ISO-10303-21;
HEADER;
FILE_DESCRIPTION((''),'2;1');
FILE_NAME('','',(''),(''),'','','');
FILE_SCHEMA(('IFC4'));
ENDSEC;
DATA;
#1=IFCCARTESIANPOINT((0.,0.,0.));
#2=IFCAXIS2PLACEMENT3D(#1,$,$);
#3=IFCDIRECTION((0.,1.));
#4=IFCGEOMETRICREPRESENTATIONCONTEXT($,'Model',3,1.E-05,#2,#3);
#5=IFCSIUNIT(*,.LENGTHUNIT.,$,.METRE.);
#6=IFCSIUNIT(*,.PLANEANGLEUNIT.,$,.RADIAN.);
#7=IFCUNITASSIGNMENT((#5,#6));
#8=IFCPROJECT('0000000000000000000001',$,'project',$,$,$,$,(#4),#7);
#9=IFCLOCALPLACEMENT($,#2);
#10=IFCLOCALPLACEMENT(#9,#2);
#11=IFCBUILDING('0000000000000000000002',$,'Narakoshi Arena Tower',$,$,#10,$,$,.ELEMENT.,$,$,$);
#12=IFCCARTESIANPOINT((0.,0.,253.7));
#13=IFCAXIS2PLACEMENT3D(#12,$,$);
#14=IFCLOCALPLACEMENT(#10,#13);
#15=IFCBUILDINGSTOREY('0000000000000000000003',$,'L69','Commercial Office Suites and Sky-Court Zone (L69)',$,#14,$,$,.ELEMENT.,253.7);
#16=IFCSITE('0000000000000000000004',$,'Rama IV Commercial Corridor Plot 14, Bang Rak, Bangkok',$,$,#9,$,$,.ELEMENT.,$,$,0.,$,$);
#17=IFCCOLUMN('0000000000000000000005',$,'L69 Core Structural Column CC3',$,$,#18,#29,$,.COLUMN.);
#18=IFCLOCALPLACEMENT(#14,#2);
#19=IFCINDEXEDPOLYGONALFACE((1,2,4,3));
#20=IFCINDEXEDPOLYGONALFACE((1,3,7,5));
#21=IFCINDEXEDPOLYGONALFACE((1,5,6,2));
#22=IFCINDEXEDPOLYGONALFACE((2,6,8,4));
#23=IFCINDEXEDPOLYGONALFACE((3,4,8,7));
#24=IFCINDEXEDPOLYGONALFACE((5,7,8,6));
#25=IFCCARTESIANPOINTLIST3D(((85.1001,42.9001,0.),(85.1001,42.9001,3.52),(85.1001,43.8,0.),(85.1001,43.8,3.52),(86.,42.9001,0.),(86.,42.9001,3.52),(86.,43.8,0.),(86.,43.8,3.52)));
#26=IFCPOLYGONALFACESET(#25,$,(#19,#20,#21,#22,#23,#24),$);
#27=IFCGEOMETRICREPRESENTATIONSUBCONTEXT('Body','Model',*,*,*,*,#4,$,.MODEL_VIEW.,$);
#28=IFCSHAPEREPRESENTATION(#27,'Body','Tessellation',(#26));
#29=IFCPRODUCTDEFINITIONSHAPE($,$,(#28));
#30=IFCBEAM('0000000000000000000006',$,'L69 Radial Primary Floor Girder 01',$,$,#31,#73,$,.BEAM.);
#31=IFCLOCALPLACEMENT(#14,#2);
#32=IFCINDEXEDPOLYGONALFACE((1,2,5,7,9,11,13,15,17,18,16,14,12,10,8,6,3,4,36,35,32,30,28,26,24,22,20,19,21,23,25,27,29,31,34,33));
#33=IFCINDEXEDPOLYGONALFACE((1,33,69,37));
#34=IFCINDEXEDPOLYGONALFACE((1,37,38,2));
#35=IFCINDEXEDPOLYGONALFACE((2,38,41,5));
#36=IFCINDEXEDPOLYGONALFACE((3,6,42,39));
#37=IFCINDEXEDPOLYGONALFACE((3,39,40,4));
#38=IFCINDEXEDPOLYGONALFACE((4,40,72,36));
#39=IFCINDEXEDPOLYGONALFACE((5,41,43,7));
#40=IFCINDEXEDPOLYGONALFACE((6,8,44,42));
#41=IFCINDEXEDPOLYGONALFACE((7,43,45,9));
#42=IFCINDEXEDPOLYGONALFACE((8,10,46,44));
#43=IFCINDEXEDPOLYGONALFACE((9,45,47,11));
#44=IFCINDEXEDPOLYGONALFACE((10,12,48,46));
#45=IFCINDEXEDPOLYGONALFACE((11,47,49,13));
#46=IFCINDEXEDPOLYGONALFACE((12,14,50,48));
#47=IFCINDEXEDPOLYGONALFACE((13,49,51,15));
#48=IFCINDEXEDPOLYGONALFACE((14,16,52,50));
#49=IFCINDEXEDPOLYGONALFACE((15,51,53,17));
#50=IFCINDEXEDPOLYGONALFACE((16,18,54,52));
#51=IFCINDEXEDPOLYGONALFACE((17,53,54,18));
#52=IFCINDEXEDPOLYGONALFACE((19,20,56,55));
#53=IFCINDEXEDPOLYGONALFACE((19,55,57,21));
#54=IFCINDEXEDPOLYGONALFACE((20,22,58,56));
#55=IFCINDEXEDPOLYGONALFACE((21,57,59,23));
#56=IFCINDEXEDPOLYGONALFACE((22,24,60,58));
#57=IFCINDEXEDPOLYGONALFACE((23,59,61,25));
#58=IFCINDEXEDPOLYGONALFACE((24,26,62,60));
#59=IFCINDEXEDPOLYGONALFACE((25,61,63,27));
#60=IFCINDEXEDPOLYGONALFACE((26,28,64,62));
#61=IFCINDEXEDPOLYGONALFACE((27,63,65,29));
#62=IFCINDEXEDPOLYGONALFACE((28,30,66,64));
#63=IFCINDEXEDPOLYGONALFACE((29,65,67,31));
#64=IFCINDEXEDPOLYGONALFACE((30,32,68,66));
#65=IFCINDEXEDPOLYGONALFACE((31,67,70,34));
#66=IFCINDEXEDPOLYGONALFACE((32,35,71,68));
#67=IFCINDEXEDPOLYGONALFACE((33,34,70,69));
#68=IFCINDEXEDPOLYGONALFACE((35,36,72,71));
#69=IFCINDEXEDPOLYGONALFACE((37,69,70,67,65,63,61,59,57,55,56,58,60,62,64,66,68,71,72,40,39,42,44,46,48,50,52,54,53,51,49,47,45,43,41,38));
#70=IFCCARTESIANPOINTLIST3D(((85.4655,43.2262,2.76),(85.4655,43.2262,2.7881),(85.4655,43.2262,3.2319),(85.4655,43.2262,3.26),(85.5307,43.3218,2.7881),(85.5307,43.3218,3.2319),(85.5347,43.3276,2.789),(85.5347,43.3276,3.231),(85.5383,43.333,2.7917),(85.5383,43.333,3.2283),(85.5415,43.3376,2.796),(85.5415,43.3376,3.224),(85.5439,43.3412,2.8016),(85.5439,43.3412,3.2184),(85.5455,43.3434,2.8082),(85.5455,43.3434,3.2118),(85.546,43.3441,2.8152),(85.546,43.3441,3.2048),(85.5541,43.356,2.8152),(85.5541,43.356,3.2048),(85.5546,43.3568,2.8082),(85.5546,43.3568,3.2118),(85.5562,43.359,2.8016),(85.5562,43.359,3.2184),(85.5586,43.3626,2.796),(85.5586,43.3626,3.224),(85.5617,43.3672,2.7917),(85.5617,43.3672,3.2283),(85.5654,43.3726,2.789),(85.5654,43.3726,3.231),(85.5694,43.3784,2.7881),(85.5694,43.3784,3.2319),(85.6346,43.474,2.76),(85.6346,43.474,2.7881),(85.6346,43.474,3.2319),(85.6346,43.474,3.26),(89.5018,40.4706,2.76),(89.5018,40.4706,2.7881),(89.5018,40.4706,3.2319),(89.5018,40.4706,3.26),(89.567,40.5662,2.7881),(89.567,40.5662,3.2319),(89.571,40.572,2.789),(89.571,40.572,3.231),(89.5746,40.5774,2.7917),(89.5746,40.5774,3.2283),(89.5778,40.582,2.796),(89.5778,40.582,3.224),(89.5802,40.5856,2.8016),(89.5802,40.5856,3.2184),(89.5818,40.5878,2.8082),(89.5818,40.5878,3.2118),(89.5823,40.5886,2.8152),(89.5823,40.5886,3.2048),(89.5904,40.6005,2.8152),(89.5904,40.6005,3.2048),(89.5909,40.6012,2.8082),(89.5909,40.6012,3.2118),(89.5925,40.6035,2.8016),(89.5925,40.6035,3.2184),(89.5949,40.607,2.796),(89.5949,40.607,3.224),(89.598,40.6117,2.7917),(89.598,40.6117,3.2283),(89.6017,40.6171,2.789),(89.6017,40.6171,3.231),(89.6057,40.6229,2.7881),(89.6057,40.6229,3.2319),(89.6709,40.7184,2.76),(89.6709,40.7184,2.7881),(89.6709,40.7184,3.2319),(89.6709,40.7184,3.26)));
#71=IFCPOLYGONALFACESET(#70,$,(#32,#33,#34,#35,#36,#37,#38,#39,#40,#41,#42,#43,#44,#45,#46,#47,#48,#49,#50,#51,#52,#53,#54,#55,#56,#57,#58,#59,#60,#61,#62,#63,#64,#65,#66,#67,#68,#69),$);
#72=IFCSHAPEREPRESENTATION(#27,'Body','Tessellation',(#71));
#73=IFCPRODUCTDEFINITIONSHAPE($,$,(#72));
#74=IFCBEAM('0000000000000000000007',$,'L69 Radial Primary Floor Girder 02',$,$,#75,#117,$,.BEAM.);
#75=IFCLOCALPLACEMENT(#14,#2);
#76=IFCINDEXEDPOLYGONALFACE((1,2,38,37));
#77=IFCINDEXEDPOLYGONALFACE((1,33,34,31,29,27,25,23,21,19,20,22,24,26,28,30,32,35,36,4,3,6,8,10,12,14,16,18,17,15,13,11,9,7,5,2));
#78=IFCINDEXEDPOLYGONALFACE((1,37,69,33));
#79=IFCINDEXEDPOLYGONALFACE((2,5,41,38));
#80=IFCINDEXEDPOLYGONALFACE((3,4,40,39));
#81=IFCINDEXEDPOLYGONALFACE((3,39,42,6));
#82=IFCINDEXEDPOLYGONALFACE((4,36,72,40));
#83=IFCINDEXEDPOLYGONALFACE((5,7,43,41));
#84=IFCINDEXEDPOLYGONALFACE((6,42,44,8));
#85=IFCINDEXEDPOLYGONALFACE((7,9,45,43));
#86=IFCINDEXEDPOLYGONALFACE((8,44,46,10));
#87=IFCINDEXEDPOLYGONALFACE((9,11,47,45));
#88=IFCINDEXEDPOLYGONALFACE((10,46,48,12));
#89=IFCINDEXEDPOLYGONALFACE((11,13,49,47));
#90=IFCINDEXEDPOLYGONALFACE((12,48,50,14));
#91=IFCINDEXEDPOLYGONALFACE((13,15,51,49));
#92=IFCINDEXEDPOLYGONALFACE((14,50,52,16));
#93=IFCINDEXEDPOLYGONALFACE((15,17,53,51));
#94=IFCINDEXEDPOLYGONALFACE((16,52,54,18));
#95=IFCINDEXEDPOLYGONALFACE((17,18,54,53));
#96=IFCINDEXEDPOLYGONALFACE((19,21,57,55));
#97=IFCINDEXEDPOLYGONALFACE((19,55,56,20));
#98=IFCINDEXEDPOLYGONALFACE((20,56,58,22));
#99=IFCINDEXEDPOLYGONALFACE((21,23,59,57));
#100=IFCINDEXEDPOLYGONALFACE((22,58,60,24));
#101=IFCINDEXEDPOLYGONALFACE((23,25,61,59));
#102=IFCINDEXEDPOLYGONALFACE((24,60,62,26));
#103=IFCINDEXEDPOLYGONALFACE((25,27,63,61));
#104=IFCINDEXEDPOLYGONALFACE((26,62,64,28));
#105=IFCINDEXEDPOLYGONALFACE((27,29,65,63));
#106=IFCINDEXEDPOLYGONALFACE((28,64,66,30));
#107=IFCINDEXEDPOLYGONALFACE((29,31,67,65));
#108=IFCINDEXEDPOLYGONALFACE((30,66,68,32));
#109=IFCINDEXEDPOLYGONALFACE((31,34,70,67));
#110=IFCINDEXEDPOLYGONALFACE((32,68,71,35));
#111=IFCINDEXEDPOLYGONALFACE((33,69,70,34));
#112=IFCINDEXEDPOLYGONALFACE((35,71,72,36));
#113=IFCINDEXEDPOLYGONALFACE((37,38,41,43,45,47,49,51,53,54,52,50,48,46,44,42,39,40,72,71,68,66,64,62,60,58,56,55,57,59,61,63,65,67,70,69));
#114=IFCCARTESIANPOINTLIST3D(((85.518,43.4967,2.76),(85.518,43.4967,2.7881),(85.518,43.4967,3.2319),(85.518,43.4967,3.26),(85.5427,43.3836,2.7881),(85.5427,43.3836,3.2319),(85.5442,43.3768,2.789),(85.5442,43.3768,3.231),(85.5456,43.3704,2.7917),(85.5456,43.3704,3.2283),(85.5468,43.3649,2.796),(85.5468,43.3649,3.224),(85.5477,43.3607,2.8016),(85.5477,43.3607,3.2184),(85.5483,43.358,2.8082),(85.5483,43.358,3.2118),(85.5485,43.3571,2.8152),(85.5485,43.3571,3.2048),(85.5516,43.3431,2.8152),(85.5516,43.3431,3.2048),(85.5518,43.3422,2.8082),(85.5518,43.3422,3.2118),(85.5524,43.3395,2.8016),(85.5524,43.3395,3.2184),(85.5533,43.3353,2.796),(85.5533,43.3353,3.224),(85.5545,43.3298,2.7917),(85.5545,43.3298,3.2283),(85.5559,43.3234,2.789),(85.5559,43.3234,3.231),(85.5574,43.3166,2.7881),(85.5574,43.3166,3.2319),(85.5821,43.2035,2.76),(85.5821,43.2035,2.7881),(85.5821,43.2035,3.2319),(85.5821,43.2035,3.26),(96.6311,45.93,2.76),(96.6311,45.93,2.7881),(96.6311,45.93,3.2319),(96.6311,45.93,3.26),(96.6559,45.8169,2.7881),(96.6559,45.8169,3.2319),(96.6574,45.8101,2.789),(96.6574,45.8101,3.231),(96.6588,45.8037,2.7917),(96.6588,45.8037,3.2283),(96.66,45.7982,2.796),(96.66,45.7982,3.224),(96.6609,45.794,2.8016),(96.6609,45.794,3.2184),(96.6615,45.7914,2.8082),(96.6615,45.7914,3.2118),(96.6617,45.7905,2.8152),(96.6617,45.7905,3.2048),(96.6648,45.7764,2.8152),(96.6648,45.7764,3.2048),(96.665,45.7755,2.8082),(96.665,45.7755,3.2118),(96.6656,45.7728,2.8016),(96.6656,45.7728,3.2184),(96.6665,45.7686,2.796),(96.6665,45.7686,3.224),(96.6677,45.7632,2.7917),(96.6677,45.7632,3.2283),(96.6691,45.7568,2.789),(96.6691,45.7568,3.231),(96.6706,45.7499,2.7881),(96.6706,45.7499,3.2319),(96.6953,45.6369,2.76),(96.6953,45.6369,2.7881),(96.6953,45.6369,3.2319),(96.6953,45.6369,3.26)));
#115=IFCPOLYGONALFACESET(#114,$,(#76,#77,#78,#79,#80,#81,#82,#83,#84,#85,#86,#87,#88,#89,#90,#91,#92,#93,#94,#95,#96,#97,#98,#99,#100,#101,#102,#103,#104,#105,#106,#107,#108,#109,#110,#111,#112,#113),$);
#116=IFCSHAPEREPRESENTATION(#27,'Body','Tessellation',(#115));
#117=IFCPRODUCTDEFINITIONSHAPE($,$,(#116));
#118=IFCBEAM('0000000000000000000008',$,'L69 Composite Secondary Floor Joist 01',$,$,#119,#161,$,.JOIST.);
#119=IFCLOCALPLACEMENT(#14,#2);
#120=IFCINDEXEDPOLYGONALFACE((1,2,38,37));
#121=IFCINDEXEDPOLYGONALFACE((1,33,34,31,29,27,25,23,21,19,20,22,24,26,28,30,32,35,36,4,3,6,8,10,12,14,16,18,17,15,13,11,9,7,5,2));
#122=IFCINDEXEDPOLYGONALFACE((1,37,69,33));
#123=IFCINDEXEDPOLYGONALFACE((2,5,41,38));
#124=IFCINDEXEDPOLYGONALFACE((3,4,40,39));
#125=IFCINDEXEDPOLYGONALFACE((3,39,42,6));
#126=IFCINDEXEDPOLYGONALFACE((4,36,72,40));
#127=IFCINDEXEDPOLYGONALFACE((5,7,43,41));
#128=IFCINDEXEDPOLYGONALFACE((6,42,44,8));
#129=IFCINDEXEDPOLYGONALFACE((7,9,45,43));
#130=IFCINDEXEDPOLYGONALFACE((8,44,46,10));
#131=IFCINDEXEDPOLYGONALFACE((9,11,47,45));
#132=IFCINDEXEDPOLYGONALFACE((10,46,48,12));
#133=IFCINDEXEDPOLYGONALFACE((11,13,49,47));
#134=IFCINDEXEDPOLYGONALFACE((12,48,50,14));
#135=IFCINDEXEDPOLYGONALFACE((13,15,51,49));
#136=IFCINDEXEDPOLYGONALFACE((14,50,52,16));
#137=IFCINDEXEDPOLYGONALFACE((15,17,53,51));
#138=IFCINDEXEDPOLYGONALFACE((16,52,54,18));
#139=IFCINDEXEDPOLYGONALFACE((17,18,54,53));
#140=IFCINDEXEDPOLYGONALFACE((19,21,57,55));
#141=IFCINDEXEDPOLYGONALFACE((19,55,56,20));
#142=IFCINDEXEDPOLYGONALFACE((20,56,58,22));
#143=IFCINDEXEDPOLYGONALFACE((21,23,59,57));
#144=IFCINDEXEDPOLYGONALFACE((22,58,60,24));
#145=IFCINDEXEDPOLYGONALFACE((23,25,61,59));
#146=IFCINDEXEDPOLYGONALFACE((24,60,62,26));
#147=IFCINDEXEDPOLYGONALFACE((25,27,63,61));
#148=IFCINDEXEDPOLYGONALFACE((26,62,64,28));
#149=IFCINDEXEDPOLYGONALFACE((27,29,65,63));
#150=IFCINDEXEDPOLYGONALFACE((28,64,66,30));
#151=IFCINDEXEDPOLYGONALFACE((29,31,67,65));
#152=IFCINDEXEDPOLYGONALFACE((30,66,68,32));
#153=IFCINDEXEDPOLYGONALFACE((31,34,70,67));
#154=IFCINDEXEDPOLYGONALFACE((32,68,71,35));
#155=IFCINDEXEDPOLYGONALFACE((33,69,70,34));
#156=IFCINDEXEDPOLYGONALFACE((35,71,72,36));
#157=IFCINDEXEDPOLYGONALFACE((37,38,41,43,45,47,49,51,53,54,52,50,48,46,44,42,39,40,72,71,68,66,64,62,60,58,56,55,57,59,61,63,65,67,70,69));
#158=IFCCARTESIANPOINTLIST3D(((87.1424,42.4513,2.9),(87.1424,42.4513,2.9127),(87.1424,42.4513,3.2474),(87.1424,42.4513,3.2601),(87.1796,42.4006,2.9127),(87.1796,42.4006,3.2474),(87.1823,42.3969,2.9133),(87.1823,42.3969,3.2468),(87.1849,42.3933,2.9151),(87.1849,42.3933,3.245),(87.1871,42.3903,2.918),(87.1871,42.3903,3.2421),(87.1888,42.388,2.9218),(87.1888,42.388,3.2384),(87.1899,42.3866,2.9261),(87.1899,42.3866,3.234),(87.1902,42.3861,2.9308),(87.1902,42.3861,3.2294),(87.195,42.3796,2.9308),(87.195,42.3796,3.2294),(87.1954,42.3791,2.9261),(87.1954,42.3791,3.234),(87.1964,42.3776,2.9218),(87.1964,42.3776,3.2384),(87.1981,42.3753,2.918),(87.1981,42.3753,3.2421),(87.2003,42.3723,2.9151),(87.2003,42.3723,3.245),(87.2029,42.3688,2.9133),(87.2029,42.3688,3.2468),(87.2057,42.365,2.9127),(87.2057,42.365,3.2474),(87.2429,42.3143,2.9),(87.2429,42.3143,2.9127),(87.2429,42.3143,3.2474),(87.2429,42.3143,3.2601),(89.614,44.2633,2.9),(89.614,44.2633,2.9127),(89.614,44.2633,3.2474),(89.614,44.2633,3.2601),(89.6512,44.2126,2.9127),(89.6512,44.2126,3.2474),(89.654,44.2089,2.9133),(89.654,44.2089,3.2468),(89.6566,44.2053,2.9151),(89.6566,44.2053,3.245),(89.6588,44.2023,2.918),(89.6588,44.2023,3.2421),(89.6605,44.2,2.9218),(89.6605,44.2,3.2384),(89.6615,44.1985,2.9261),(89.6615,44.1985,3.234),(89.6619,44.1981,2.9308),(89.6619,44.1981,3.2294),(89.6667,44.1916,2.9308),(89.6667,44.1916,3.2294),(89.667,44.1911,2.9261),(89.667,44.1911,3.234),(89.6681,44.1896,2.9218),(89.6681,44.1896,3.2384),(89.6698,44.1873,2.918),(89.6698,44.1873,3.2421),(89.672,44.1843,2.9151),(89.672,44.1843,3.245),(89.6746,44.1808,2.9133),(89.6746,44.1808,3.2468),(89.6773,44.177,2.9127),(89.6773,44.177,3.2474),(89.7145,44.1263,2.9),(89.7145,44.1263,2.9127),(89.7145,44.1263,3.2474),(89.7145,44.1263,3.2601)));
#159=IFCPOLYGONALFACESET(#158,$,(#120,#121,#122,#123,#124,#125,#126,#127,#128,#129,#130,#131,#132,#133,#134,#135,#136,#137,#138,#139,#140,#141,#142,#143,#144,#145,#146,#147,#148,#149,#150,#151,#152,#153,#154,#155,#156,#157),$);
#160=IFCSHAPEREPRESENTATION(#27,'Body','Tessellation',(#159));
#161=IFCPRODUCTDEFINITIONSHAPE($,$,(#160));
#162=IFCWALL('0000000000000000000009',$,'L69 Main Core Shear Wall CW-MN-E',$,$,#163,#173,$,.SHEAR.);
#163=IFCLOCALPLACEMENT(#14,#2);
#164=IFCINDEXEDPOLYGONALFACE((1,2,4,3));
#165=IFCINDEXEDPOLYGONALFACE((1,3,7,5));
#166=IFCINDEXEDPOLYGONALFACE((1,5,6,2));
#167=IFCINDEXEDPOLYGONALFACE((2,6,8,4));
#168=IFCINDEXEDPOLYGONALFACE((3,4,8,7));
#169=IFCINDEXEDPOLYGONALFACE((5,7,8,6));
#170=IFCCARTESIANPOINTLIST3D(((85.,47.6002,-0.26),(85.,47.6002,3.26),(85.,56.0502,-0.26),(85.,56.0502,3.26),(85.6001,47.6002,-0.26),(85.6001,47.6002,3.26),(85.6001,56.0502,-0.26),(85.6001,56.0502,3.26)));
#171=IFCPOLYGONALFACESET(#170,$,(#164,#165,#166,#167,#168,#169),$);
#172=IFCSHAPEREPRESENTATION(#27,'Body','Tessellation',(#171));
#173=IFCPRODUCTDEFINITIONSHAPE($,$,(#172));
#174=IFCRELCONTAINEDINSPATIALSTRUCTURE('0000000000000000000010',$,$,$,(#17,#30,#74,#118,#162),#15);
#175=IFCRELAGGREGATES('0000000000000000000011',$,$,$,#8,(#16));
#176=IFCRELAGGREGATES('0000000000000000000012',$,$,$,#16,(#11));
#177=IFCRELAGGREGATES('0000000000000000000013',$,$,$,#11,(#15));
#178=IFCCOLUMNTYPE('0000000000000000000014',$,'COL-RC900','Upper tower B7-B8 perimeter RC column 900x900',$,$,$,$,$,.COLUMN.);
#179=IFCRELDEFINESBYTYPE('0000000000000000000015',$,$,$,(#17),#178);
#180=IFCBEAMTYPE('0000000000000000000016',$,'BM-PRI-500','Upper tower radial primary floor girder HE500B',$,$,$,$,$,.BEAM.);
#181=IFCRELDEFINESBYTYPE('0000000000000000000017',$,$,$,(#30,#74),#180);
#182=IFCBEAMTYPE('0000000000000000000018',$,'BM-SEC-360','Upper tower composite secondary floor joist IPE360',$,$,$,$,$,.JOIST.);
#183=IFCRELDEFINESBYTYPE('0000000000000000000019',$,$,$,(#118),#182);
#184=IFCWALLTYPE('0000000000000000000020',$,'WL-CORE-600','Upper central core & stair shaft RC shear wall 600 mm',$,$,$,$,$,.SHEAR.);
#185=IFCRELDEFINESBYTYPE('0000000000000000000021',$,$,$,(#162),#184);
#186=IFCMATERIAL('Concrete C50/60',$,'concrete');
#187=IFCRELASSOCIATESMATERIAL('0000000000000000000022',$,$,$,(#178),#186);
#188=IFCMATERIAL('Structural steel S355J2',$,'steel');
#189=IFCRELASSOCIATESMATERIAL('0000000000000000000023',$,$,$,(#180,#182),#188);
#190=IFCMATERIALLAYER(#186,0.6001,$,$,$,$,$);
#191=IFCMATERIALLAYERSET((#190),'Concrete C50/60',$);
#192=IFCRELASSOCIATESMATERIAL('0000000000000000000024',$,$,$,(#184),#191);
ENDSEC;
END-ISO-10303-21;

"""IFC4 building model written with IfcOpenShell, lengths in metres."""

from ifc_helpers import new_model, si_unit, direction, frame, frame_2d, origin, origin_2d, place, context, subcontext, project, spatial, rectangle, i_section, extrude, material, layer, layer_set, material_profile, profile_set, type_object, element, save


model = new_model("IFC4")

# Units and contexts
model_context = context("Model", 3, precision=1e-05, world=origin(), true_north=direction((0.0, 1.0)))
body_context = subcontext(model_context, "Body", "Model", "MODEL_VIEW")
ifc_project = project(units=[si_unit("LENGTHUNIT", "METRE"), si_unit("PLANEANGLEUNIT", "RADIAN")], contexts=[model_context])

# Site, building, storey
site_placement = place(None, origin())
site = spatial("IfcSite", under=ifc_project, at=site_placement, Name="Rama IV Commercial Corridor Plot 14, Bang Rak, Bangkok", CompositionType="ELEMENT", RefElevation=0.0)
building_placement = place(site_placement, origin())
building = spatial("IfcBuilding", under=site, at=building_placement, Name="Narakoshi Arena Tower", CompositionType="ELEMENT")
storey_placement = place(building_placement, frame((0.0, 0.0, 253.7)))
storey = spatial("IfcBuildingStorey", under=building, at=storey_placement, Name="L69", Description="Commercial Office Suites and Sky-Court Zone (L69)", CompositionType="ELEMENT", Elevation=253.7)

# Column
ifc_material_1 = material(Name="Concrete C50/60", Category="concrete")
ifc_material_profile_1 = material_profile(ifc_material_1, rectangle(XDim=0.8999, YDim=0.8999, at=origin_2d()), Name="RC900x900")
ifc_profile_set_1 = profile_set([ifc_material_profile_1], Name="Concrete C50/60")
column_type = type_object("IfcColumnType", Name="COL-RC900", Description="Upper tower B7-B8 perimeter RC column 900x900", PredefinedType="COLUMN", material=ifc_profile_set_1)
column_placement = place(storey_placement, frame((85.55, 43.3501, 0.0), z_axis=(0.0, 0.0, 1.0), x_axis=(1.0, 0.0, 0.0)))
element("IfcColumn", 1, at=column_placement, inside=storey, type_object=column_type, Name="L69 Core Structural Column CC3", PredefinedType="COLUMN", context=body_context, shape_type="SweptSolid", body=[
    extrude(rectangle(XDim=0.8999, YDim=0.8999, at=origin_2d()), origin(), (0.0, 0.0, 1.0), 3.52),
])

# Beams
ifc_material_2 = material(Name="Structural steel S355J2", Category="steel")
ifc_material_profile_2 = material_profile(ifc_material_2, i_section(OverallWidth=0.3, OverallDepth=0.5, WebThickness=0.0144, FlangeThickness=0.0281, FilletRadius=0.0271, at=origin_2d()), Name="HE500B")
ifc_profile_set_2 = profile_set([ifc_material_profile_2], Name="Structural steel S355J2")
beam_type_1 = type_object("IfcBeamType", Name="BM-PRI-500", Description="Upper tower radial primary floor girder HE500B", PredefinedType="BEAM", material=ifc_profile_set_2)
beam_1_placement = place(storey_placement, frame((85.55, 43.3501, 3.01), z_axis=(0.82589, -0.563831, 0.0), x_axis=(0.563831, 0.82589, 0.0)))
element("IfcBeam", 2, at=beam_1_placement, inside=storey, type_object=beam_type_1, Name="L69 Radial Primary Floor Girder 01", PredefinedType="BEAM", context=body_context, shape_type="SweptSolid", body=[
    extrude(i_section(OverallWidth=0.3, OverallDepth=0.5, WebThickness=0.0144, FlangeThickness=0.0281, FilletRadius=0.0271, at=origin_2d()), origin(), (0.0, 0.0, 1.0), 4.8872),
])
beam_2_placement = place(storey_placement, frame((85.55, 43.3501, 3.01), z_axis=(0.976857, 0.213891, 0.0), x_axis=(-0.213891, 0.976857, 0.0)))
element("IfcBeam", 3, at=beam_2_placement, inside=storey, type_object=beam_type_1, Name="L69 Radial Primary Floor Girder 02", PredefinedType="BEAM", context=body_context, shape_type="SweptSolid", body=[
    extrude(i_section(OverallWidth=0.3, OverallDepth=0.5, WebThickness=0.0144, FlangeThickness=0.0281, FilletRadius=0.0271, at=origin_2d()), origin(), (0.0, 0.0, 1.0), 11.3765),
])
ifc_material_profile_3 = material_profile(ifc_material_2, i_section(OverallWidth=0.1699, OverallDepth=0.3601, WebThickness=0.0081, FlangeThickness=0.0127, FilletRadius=0.0181, at=origin_2d()), Name="IPE360")
ifc_profile_set_3 = profile_set([ifc_material_profile_3], Name="Structural steel S355J2")
beam_type_2 = type_object("IfcBeamType", Name="BM-SEC-360", Description="Upper tower composite secondary floor joist IPE360", PredefinedType="JOIST", material=ifc_profile_set_3)
beam_3_placement = place(storey_placement, frame((87.1926, 42.3828, 3.0801), z_axis=(0.806491, 0.591246, 0.0), x_axis=(-0.591246, 0.806491, 0.0)))
element("IfcBeam", 4, at=beam_3_placement, inside=storey, type_object=beam_type_2, Name="L69 Composite Secondary Floor Joist 01", PredefinedType="JOIST", context=body_context, shape_type="SweptSolid", body=[
    extrude(i_section(OverallWidth=0.1699, OverallDepth=0.3601, WebThickness=0.0081, FlangeThickness=0.0127, FilletRadius=0.0181, at=origin_2d()), origin(), (0.0, 0.0, 1.0), 3.0647),
])

# Wall
ifc_layer_1 = layer(ifc_material_1, 0.6001)
ifc_layer_set_1 = layer_set([ifc_layer_1], Name="Concrete C50/60")
wall_type_1 = type_object("IfcWallType", Name="WL-CORE-600", Description="Upper central core & stair shaft RC shear wall 600 mm", PredefinedType="SHEAR", material=ifc_layer_set_1)
wall_1_placement = place(storey_placement, frame((85.3, 47.6001, -0.26), z_axis=(0.0, 0.0, 1.0), x_axis=(0.0, 1.0, 0.0)))
element("IfcWall", 5, at=wall_1_placement, inside=storey, type_object=wall_type_1, Name="L69 Main Core Shear Wall CW-MN-E", PredefinedType="SHEAR", context=body_context, shape_type="SweptSolid", body=[
    extrude(rectangle(XDim=8.45, YDim=0.6001, at=frame_2d((4.2251, 0.0))), origin(), (0.0, 0.0, 1.0), 3.52),
])

save(model, "model.ifc")
